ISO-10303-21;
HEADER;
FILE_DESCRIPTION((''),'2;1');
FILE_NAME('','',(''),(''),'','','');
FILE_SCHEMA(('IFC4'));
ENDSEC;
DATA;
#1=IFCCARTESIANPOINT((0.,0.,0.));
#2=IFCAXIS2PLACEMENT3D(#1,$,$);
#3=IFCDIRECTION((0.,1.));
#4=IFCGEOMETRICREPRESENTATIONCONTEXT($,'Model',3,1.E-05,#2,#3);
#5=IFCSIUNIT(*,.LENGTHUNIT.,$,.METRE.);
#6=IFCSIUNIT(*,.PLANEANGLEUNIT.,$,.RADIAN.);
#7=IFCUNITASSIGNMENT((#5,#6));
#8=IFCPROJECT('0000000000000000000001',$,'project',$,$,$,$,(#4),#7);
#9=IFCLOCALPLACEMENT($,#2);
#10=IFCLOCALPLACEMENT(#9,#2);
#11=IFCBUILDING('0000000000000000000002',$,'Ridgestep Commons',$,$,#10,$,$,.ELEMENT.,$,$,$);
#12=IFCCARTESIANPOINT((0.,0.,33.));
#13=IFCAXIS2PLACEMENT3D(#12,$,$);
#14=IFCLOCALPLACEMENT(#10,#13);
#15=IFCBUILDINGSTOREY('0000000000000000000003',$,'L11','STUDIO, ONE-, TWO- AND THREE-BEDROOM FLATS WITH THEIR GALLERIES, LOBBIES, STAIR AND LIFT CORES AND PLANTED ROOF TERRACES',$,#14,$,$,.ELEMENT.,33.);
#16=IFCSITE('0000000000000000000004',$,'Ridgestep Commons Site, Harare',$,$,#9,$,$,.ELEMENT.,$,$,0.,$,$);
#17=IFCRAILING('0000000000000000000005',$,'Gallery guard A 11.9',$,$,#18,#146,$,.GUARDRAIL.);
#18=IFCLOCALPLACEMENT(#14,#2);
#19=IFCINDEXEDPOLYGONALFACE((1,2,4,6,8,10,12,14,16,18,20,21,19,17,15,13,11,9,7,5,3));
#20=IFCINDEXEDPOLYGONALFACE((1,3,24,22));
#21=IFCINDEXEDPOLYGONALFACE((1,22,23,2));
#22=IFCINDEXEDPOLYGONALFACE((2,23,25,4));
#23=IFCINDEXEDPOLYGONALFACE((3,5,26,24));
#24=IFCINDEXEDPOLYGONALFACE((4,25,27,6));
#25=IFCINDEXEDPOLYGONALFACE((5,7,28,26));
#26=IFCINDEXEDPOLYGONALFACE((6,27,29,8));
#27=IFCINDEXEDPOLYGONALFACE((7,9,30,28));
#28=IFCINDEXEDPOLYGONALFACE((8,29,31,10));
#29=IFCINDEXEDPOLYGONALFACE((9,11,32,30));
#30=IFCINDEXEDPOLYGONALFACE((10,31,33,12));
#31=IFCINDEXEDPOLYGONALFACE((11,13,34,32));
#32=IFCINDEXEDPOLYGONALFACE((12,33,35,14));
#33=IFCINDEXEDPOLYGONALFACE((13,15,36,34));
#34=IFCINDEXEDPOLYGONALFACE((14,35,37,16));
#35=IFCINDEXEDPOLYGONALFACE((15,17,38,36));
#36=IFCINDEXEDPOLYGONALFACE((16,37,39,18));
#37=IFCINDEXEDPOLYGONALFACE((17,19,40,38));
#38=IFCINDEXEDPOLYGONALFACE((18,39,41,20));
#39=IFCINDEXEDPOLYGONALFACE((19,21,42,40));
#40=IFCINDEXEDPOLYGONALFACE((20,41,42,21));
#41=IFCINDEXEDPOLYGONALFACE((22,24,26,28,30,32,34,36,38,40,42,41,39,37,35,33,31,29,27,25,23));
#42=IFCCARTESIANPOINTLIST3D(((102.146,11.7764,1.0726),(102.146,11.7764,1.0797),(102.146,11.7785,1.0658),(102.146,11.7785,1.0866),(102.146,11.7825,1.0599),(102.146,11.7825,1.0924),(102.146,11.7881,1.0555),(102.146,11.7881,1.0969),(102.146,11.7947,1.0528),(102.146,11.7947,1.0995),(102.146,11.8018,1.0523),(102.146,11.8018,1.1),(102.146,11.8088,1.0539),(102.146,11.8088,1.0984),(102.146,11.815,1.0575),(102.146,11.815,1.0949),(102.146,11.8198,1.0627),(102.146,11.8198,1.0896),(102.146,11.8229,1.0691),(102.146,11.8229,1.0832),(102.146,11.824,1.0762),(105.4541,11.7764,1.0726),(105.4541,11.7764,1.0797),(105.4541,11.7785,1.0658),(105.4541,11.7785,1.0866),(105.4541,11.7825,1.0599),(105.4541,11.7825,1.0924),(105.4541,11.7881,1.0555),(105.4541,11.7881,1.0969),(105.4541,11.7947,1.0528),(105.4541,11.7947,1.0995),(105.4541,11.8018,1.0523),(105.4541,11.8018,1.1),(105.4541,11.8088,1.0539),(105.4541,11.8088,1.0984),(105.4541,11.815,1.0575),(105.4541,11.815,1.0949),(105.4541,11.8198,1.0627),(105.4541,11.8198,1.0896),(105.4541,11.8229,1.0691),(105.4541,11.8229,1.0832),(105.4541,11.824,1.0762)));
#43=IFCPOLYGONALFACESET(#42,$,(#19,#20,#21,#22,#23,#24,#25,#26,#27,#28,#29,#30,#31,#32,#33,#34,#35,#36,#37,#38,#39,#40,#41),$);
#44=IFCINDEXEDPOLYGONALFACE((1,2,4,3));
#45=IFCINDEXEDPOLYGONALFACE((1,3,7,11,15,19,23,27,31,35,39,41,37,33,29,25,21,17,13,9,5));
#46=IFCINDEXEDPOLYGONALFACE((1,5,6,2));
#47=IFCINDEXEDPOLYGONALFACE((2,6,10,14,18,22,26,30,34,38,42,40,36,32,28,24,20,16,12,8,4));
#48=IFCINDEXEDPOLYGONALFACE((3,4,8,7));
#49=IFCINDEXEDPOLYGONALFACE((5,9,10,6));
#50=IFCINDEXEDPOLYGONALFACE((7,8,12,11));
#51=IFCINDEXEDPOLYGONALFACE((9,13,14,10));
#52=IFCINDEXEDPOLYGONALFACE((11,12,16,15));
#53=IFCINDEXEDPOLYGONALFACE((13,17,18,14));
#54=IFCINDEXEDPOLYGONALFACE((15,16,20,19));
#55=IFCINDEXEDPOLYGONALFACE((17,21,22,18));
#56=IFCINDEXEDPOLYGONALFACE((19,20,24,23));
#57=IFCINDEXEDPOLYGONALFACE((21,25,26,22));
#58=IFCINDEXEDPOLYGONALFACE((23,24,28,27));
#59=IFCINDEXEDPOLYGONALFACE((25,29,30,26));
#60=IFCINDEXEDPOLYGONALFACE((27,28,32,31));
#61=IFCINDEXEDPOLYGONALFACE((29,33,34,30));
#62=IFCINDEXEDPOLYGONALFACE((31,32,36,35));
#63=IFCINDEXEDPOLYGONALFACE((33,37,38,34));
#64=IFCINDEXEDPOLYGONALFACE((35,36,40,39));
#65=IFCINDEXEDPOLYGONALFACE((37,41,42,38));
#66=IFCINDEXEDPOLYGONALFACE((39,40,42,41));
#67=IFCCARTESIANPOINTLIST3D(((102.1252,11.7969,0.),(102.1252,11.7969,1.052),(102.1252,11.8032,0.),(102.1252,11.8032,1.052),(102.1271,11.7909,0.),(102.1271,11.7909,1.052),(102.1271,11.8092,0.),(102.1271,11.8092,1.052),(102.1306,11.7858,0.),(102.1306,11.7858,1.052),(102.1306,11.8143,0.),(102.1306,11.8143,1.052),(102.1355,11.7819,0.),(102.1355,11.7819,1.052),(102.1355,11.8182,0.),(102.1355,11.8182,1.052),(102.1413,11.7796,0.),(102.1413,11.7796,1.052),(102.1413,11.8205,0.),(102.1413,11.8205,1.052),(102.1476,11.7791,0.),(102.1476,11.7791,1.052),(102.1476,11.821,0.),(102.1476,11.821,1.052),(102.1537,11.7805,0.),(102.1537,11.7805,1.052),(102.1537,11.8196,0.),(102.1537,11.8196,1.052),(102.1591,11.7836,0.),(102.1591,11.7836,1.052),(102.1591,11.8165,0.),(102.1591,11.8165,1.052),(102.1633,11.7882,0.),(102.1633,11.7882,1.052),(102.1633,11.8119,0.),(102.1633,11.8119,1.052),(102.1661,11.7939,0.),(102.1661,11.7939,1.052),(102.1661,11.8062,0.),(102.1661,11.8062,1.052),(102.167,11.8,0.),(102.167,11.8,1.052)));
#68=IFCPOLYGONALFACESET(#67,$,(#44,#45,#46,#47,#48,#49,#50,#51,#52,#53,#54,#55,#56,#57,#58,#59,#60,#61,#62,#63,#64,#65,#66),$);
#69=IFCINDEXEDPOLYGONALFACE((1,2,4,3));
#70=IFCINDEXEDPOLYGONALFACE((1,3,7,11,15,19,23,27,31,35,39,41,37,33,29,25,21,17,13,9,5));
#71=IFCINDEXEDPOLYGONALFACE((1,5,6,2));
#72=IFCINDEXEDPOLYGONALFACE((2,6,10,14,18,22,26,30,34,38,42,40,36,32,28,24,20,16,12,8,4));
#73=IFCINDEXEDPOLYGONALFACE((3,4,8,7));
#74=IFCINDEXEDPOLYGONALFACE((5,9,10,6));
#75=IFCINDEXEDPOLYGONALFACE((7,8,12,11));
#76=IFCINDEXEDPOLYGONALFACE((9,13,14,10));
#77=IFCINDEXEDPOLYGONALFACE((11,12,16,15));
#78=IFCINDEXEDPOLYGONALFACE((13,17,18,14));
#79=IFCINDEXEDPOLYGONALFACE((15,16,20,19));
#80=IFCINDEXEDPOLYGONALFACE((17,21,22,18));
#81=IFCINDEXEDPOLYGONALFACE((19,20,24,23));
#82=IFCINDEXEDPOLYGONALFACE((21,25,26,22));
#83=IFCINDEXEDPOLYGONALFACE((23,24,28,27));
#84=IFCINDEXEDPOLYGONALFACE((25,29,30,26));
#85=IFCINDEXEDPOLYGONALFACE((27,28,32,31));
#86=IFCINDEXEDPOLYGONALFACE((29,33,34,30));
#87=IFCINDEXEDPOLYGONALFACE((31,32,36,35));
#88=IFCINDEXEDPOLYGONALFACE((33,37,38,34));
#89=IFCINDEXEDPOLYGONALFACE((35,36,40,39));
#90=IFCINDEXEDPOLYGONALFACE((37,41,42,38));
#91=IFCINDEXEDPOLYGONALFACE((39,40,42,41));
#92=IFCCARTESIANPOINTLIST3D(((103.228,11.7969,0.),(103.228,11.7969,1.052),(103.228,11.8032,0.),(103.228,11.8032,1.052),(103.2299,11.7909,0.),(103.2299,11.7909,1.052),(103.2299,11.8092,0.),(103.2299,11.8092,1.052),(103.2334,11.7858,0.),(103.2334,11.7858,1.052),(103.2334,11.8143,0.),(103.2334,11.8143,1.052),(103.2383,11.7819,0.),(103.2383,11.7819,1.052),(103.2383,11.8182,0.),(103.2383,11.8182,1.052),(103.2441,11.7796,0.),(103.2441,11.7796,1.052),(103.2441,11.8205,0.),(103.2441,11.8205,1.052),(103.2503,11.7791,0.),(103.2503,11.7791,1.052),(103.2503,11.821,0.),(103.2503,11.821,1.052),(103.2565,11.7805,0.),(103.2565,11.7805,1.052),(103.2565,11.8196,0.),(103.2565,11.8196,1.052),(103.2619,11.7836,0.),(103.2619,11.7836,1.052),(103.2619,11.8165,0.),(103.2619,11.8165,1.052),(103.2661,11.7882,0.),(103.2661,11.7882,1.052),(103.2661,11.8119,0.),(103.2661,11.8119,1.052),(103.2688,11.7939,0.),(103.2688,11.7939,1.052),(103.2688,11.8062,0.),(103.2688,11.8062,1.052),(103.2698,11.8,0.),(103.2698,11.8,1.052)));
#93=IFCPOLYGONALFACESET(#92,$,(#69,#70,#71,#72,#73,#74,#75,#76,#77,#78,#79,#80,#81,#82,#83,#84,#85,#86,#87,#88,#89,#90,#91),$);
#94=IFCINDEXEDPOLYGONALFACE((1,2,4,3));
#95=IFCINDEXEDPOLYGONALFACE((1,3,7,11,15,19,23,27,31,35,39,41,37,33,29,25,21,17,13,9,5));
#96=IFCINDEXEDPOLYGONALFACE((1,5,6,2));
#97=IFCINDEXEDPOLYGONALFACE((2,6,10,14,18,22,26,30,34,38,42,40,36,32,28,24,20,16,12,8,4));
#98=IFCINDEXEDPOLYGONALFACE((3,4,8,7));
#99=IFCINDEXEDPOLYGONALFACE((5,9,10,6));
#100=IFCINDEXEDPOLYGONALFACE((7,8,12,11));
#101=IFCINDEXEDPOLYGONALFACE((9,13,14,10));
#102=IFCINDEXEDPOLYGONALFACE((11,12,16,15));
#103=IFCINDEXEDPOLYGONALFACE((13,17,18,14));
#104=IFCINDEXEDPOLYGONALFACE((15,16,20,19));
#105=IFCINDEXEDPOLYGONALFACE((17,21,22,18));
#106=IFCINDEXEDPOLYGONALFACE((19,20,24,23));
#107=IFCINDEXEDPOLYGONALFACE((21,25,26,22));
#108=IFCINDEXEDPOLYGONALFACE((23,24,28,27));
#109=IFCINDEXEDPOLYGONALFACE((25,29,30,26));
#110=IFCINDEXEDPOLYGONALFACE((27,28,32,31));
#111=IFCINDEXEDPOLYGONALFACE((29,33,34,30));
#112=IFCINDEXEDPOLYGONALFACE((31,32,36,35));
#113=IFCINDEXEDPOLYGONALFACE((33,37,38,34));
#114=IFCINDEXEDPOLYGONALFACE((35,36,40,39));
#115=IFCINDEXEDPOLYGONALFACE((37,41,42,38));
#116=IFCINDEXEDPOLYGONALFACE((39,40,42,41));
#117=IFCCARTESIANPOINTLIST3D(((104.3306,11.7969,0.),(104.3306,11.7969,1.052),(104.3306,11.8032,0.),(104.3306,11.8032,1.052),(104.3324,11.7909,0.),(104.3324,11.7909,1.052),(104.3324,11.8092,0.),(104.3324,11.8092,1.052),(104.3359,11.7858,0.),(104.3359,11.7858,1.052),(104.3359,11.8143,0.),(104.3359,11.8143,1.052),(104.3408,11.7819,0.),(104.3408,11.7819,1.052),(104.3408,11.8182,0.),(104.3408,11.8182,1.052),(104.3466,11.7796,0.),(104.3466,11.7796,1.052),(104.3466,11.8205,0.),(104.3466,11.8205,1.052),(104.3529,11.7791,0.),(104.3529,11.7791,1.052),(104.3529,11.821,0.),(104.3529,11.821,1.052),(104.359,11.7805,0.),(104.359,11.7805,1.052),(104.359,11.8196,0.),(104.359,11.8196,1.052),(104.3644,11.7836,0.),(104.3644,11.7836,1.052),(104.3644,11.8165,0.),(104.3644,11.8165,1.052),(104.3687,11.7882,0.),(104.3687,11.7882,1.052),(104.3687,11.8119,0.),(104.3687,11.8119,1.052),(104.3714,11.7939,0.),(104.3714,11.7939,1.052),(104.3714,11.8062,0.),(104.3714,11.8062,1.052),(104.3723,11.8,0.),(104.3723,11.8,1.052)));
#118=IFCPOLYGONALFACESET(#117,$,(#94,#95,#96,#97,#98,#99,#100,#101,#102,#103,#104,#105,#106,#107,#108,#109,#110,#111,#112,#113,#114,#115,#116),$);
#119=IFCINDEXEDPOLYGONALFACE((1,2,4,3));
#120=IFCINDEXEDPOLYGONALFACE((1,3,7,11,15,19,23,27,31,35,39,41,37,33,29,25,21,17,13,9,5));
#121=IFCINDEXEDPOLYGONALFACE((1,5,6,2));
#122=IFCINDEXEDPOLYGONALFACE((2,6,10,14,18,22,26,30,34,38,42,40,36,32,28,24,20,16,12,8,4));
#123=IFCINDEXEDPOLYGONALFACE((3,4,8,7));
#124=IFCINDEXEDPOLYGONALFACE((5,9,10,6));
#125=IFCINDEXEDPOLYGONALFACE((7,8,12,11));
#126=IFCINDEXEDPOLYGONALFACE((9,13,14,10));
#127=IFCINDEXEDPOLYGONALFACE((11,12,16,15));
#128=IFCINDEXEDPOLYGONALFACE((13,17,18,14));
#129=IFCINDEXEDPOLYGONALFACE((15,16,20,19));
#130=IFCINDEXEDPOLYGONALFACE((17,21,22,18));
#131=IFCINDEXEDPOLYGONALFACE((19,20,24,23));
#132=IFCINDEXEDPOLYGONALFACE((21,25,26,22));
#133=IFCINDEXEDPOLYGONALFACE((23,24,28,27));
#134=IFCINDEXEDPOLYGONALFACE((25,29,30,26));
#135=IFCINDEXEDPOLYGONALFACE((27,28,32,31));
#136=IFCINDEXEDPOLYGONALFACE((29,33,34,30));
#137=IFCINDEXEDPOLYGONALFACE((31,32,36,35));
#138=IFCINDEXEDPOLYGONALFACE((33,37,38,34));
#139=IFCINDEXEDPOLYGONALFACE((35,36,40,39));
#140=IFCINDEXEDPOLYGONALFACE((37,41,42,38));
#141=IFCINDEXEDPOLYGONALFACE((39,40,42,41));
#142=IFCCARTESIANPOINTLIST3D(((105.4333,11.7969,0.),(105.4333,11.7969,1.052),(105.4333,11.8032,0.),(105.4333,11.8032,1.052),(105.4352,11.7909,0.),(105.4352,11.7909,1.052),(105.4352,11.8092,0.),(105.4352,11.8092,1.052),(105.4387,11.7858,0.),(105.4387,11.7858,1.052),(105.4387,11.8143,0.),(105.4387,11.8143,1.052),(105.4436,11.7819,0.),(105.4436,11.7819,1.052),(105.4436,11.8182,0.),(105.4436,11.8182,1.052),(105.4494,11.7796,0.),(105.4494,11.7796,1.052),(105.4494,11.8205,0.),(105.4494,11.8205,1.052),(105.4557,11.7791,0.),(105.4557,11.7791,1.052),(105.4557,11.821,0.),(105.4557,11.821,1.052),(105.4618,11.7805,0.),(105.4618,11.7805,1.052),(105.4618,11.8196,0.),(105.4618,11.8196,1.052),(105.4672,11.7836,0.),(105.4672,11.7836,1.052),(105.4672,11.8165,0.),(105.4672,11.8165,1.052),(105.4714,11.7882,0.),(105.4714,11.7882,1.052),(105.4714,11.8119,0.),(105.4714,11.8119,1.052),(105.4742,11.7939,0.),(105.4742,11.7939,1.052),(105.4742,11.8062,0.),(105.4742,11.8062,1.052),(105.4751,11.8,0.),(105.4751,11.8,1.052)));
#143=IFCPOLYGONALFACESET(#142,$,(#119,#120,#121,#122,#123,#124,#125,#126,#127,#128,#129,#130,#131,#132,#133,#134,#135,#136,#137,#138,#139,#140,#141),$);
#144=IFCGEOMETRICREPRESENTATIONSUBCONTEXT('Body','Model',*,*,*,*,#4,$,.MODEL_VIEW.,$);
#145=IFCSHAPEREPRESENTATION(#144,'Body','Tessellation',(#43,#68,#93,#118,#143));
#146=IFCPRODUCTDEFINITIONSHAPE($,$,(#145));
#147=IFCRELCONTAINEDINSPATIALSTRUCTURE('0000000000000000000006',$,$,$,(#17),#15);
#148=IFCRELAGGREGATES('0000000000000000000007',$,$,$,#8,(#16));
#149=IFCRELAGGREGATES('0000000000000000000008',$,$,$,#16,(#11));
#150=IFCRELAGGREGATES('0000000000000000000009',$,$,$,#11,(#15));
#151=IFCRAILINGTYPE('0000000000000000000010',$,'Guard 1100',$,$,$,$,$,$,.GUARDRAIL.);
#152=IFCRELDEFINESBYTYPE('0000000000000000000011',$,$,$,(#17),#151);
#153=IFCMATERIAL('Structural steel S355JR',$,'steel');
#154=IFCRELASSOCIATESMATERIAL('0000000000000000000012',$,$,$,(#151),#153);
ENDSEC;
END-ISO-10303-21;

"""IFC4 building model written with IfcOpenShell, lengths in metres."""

from ifc_helpers import new_model, si_unit, direction, frame, origin, origin_2d, place, context, subcontext, project, spatial, circle, extrude, material, type_object, element, save


model = new_model("IFC4")

# Units and contexts
model_context = context("Model", 3, precision=1e-05, world=origin(), true_north=direction((0.0, 1.0)))
body_context = subcontext(model_context, "Body", "Model", "MODEL_VIEW")
ifc_project = project(units=[si_unit("LENGTHUNIT", "METRE"), si_unit("PLANEANGLEUNIT", "RADIAN")], contexts=[model_context])

# Site, building, storey
site_placement = place(None, origin())
site = spatial("IfcSite", under=ifc_project, at=site_placement, Name="Ridgestep Commons Site, Harare", CompositionType="ELEMENT", RefElevation=0.0)
building_placement = place(site_placement, origin())
building = spatial("IfcBuilding", under=site, at=building_placement, Name="Ridgestep Commons", CompositionType="ELEMENT")
storey_placement = place(building_placement, frame((0.0, 0.0, 33.0)))
storey = spatial("IfcBuildingStorey", under=building, at=storey_placement, Name="L11", Description="STUDIO, ONE-, TWO- AND THREE-BEDROOM FLATS WITH THEIR GALLERIES, LOBBIES, STAIR AND LIFT CORES AND PLANTED ROOF TERRACES", CompositionType="ELEMENT", Elevation=33.0)

# Railing
ifc_material_1 = material(Name="Structural steel S355JR", Category="steel")
railing_type_1 = type_object("IfcRailingType", Name="Guard 1100", PredefinedType="GUARDRAIL", material=ifc_material_1)
railing_1_placement = place(storey_placement, frame((102.146, 11.8, 0.0)))
element("IfcRailing", 1, at=railing_1_placement, inside=storey, type_object=railing_type_1, Name="Gallery guard A 11.9", PredefinedType="GUARDRAIL", context=body_context, shape_type="SweptSolid", body=[
    extrude(circle(Radius=0.0239, at=origin_2d()), frame((0.0, 0.0, 1.0762), z_axis=(1.0, 0.0, 0.0), x_axis=(0.0, 1.0, 0.0)), (0.0, 0.0, 1.0), 3.3081),
    extrude(circle(Radius=0.021, at=origin_2d()), origin(), (0.0, 0.0, 1.0), 1.052),
    extrude(circle(Radius=0.021, at=origin_2d()), frame((1.1028, 0.0, 0.0)), (0.0, 0.0, 1.0), 1.052),
    extrude(circle(Radius=0.021, at=origin_2d()), frame((2.2053, 0.0, 0.0)), (0.0, 0.0, 1.0), 1.052),
    extrude(circle(Radius=0.021, at=origin_2d()), frame((3.3081, 0.0, 0.0)), (0.0, 0.0, 1.0), 1.052),
])

save(model, "model.ifc")
